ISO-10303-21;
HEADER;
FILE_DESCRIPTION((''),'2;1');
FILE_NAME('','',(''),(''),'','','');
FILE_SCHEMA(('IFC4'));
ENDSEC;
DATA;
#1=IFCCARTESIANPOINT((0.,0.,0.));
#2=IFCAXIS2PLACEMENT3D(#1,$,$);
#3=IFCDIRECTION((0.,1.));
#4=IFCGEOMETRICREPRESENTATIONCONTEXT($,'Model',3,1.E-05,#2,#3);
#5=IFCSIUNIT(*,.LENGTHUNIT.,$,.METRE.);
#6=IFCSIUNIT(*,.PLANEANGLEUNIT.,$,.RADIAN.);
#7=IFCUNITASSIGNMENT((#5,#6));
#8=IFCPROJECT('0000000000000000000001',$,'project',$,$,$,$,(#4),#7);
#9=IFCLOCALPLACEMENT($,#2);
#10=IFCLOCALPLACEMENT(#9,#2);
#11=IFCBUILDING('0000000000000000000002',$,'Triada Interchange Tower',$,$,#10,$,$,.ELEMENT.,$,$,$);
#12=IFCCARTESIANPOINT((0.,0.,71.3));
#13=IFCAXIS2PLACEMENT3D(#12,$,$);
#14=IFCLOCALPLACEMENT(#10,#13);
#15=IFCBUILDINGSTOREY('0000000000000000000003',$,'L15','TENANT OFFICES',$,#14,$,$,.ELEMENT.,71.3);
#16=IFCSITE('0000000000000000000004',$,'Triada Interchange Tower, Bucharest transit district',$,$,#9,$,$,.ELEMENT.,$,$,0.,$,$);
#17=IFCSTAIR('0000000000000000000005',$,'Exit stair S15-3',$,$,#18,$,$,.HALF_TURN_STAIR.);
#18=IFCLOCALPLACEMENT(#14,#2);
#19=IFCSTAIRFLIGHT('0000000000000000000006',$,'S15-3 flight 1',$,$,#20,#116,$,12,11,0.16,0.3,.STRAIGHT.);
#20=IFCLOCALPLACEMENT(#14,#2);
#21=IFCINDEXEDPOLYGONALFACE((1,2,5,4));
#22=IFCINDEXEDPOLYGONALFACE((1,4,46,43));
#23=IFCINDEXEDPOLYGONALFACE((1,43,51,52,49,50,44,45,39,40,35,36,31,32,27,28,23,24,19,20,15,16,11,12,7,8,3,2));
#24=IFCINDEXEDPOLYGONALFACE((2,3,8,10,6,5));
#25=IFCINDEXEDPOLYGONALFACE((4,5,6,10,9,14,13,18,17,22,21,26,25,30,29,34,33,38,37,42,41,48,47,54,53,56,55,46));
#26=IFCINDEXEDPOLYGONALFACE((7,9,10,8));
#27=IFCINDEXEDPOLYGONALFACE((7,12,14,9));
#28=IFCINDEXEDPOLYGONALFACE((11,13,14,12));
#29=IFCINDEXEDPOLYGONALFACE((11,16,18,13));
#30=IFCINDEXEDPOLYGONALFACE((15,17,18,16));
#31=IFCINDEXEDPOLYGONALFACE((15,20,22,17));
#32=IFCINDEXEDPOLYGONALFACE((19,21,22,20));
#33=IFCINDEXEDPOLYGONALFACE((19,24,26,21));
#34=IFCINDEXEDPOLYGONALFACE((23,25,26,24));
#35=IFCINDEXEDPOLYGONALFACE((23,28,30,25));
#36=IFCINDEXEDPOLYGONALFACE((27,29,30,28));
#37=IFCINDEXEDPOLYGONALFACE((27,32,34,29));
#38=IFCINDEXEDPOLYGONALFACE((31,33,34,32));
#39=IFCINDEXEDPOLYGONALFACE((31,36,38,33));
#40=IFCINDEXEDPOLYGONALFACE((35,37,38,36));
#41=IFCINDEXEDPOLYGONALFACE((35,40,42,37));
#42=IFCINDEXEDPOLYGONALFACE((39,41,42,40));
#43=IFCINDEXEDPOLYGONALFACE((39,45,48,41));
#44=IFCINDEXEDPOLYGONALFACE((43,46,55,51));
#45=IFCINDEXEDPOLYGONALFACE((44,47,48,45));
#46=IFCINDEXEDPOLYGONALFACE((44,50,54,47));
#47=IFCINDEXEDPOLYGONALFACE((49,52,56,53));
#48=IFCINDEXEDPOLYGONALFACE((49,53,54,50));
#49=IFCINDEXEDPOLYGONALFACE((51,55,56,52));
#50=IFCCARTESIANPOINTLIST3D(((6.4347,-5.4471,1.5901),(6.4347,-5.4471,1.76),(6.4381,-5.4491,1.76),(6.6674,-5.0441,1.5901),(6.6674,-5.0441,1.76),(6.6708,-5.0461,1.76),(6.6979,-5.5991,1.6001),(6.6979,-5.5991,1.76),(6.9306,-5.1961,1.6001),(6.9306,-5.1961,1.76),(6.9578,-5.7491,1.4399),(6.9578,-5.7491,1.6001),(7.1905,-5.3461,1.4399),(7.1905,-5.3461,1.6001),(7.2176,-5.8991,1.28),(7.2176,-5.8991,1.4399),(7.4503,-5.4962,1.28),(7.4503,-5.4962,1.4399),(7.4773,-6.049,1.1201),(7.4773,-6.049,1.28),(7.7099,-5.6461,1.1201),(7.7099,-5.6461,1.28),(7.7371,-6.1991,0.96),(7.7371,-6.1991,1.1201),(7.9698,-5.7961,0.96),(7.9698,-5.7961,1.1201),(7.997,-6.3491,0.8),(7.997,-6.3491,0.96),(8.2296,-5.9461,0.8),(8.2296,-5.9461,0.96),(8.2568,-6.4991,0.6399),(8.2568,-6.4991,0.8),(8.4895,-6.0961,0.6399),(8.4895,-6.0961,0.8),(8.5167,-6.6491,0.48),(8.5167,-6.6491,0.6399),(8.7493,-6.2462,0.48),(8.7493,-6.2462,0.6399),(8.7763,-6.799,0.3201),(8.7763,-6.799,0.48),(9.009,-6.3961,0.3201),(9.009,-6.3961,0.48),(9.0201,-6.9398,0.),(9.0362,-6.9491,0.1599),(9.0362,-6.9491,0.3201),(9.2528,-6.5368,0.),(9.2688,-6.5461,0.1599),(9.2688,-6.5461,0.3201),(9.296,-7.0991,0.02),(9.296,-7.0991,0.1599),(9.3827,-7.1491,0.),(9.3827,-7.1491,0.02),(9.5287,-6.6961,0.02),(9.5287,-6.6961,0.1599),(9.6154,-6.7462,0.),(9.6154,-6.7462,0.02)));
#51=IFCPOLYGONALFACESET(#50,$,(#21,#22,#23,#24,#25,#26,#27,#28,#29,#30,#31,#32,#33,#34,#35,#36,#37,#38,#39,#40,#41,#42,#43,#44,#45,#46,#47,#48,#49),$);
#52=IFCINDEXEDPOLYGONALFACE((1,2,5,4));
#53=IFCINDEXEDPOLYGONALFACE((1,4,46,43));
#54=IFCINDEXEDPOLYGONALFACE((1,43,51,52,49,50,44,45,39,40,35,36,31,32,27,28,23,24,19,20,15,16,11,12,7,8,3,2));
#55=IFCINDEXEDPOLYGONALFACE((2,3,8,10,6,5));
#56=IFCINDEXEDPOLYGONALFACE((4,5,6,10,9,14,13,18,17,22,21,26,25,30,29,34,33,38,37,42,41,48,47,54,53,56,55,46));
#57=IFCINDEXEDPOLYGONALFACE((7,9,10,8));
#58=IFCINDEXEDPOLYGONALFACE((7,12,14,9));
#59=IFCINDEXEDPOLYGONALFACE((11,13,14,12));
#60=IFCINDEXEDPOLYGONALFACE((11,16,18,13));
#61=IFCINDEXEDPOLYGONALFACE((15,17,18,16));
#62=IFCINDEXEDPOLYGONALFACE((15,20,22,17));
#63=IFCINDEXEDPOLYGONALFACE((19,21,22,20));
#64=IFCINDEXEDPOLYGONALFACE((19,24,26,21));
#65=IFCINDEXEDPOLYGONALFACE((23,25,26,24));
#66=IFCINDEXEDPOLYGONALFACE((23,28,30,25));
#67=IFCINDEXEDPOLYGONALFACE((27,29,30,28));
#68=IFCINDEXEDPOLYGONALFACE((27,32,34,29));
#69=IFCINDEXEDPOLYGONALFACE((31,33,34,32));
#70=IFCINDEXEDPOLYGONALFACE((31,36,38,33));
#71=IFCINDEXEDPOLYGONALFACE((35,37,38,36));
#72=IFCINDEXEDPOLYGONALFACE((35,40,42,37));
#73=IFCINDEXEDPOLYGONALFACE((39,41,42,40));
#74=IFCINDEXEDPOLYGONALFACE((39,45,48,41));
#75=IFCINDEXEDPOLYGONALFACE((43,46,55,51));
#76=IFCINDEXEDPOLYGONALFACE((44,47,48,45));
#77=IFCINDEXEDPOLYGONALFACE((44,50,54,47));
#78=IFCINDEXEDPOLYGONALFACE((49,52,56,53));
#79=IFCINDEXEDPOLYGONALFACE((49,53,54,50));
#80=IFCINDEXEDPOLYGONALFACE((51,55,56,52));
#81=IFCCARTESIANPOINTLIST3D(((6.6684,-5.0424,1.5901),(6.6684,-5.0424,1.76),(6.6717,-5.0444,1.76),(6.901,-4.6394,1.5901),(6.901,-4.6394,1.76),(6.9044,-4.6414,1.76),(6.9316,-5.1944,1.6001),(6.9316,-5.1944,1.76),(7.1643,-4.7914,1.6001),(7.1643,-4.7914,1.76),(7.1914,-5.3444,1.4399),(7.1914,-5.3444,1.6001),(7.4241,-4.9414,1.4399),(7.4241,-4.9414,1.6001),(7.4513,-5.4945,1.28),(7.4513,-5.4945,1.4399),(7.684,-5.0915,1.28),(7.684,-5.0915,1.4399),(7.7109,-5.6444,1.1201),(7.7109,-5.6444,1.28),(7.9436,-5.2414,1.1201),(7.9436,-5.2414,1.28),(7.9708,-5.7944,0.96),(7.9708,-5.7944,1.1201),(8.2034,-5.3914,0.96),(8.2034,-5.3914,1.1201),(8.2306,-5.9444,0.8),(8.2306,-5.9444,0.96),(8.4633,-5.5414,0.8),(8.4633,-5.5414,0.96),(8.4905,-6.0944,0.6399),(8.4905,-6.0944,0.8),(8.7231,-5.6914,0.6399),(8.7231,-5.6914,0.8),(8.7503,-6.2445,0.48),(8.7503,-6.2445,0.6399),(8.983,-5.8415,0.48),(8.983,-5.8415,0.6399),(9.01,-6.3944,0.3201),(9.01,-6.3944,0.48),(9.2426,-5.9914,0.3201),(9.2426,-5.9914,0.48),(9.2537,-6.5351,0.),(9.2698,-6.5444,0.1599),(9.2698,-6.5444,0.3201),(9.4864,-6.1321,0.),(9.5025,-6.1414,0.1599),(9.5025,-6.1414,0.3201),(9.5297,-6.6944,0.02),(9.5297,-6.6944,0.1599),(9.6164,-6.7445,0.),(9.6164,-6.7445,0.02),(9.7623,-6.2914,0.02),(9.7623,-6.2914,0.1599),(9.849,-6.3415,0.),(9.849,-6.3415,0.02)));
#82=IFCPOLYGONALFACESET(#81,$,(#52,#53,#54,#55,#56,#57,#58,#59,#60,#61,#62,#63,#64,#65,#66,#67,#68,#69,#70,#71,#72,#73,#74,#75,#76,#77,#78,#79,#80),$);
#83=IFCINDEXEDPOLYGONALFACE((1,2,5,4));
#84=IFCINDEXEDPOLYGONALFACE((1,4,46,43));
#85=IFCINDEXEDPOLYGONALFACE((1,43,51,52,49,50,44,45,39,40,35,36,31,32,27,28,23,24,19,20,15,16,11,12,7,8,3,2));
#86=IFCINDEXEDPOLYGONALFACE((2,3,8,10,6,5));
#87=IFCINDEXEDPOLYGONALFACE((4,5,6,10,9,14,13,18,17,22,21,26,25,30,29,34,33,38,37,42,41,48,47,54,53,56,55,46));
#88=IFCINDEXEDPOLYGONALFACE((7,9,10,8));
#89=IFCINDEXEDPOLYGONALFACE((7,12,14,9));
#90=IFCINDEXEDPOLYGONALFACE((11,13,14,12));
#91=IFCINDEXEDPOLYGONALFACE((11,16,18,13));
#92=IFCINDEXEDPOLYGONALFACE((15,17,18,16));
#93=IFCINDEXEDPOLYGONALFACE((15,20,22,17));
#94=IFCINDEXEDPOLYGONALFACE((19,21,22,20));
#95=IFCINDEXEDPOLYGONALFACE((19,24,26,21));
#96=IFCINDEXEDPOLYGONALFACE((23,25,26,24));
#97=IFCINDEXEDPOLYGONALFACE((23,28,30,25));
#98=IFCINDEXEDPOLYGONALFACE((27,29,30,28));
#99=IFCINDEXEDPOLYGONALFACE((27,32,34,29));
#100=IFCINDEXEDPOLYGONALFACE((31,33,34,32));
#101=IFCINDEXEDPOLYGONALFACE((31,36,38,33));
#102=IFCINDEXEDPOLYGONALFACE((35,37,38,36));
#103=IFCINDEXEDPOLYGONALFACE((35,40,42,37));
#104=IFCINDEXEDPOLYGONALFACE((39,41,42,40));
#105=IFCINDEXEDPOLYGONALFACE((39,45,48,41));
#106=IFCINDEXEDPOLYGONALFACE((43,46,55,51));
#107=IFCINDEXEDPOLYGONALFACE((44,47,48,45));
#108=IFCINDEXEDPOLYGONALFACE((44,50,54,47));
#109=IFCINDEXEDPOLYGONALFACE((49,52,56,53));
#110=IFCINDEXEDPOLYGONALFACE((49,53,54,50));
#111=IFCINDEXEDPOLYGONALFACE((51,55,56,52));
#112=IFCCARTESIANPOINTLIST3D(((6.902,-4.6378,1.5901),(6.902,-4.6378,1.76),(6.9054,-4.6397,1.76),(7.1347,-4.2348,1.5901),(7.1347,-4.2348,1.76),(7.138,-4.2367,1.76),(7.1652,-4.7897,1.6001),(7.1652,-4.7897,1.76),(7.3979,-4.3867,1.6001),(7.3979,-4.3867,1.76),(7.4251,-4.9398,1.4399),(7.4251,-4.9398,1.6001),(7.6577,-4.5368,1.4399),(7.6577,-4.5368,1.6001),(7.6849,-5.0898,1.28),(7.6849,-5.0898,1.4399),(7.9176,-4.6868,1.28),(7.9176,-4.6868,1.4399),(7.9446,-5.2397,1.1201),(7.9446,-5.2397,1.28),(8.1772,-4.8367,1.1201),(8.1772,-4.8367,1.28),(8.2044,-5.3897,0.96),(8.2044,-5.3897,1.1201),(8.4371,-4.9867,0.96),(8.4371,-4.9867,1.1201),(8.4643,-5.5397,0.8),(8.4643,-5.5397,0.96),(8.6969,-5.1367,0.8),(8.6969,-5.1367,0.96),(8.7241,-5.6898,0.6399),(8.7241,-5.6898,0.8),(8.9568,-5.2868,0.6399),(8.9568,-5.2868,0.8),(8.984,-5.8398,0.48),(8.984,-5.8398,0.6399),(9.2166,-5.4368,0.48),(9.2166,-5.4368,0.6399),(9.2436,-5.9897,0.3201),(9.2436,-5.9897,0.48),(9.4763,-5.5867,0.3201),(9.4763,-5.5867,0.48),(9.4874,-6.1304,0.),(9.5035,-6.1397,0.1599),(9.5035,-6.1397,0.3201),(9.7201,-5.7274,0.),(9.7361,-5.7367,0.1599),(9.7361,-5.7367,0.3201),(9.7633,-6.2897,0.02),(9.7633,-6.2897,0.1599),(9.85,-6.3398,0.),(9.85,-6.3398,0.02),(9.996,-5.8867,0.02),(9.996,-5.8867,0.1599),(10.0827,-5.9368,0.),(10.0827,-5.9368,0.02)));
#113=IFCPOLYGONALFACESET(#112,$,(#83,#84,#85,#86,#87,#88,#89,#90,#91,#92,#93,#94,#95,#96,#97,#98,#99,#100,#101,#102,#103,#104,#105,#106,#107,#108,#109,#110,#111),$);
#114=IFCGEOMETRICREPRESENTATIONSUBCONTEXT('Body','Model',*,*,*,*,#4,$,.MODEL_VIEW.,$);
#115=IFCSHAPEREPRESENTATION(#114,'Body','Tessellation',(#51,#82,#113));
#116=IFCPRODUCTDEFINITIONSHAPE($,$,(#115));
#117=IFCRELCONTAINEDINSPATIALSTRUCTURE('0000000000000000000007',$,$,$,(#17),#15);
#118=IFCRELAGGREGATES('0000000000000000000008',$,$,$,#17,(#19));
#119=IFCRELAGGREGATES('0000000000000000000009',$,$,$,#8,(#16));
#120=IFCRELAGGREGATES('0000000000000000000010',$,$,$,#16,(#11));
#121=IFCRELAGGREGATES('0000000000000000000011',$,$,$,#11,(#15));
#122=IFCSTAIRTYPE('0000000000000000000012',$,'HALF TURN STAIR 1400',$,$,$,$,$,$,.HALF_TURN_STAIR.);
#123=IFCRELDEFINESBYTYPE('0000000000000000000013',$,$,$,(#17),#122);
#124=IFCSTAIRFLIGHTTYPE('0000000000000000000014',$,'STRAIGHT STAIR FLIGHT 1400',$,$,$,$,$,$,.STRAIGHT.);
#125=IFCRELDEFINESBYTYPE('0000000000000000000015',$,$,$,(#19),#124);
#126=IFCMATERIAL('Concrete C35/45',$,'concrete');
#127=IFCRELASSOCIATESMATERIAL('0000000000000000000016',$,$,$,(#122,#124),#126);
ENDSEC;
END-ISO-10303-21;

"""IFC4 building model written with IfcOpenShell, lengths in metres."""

from ifc_helpers import new_model, si_unit, direction, frame, origin, place, context, subcontext, project, spatial, polyline, outline, extrude, material, type_object, element, aggregate, save


model = new_model("IFC4")

# Units and contexts
model_context = context("Model", 3, precision=1e-05, world=origin(), true_north=direction((0.0, 1.0)))
body_context = subcontext(model_context, "Body", "Model", "MODEL_VIEW")
ifc_project = project(units=[si_unit("LENGTHUNIT", "METRE"), si_unit("PLANEANGLEUNIT", "RADIAN")], contexts=[model_context])

# Site, building, storey
site_placement = place(None, origin())
site = spatial("IfcSite", under=ifc_project, at=site_placement, Name="Triada Interchange Tower, Bucharest transit district", CompositionType="ELEMENT", RefElevation=0.0)
building_placement = place(site_placement, origin())
building = spatial("IfcBuilding", under=site, at=building_placement, Name="Triada Interchange Tower", CompositionType="ELEMENT")
storey_placement = place(building_placement, frame((0.0, 0.0, 71.3)))
storey = spatial("IfcBuildingStorey", under=building, at=storey_placement, Name="L15", Description="TENANT OFFICES", CompositionType="ELEMENT", Elevation=71.3)

# Stair, stair flight
ifc_material_1 = material(Name="Concrete C35/45", Category="concrete")
stair_type = type_object("IfcStairType", Name="HALF TURN STAIR 1400", PredefinedType="HALF_TURN_STAIR", material=ifc_material_1)
stair_placement = place(storey_placement, origin())
stair = element("IfcStair", 1, at=stair_placement, inside=storey, type_object=stair_type, Name="Exit stair S15-3", PredefinedType="HALF_TURN_STAIR")
stair_flight_type = type_object("IfcStairFlightType", Name="STRAIGHT STAIR FLIGHT 1400", PredefinedType="STRAIGHT", material=ifc_material_1)
stair_flight_1_placement = place(storey_placement, frame((9.646, -6.4929, 0.0), z_axis=(0.0, 0.0, 1.0), x_axis=(-0.866025, 0.5, 0.0)))
stair_flight_1 = element("IfcStairFlight", 2, at=stair_flight_1_placement, type_object=stair_flight_type, Name="S15-3 flight 1", NumberOfRisers=12, NumberOfTreads=11, PredefinedType="STRAIGHT", RiserHeight=0.16, TreadLength=0.3, context=body_context, shape_type="SweptSolid", body=[
    extrude(outline(polyline([(-0.1001, 0.0), (-0.1001, 0.02), (0.0, 0.02), (0.0, 0.1599), (0.3, 0.1599), (0.3, 0.3201), (0.6001, 0.3201), (0.6001, 0.48), (0.8999, 0.48), (0.8999, 0.6399), (1.2, 0.6399), (1.2, 0.8), (1.5, 0.8), (1.5, 0.96), (1.8, 0.96), (1.8, 1.1201), (2.1001, 1.1201), (2.1001, 1.28), (2.3999, 1.28), (2.3999, 1.4399), (2.7, 1.4399), (2.7, 1.6001), (3.0, 1.6001), (3.0, 1.76), (3.3, 1.76), (3.304, 1.76), (3.304, 1.9199), (3.304, 1.5901), (0.3186, 0.0), (-0.1001, 0.0)])), frame((0.0, 0.7, 0.0), z_axis=(0.0, -1.0, 0.0), x_axis=(1.0, 0.0, 0.0)), (0.0, 0.0, 1.0), 0.4653),
    extrude(outline(polyline([(-0.1001, 0.0), (-0.1001, 0.02), (0.0, 0.02), (0.0, 0.1599), (0.3, 0.1599), (0.3, 0.3201), (0.6001, 0.3201), (0.6001, 0.48), (0.8999, 0.48), (0.8999, 0.6399), (1.2, 0.6399), (1.2, 0.8), (1.5, 0.8), (1.5, 0.96), (1.8, 0.96), (1.8, 1.1201), (2.1001, 1.1201), (2.1001, 1.28), (2.3999, 1.28), (2.3999, 1.4399), (2.7, 1.4399), (2.7, 1.6001), (3.0, 1.6001), (3.0, 1.76), (3.3, 1.76), (3.304, 1.76), (3.304, 1.9199), (3.304, 1.5901), (0.3186, 0.0), (-0.1001, 0.0)])), frame((0.0, 0.2327, 0.0), z_axis=(0.0, -1.0, 0.0), x_axis=(1.0, 0.0, 0.0)), (0.0, 0.0, 1.0), 0.4653),
    extrude(outline(polyline([(-0.1001, 0.0), (-0.1001, 0.02), (0.0, 0.02), (0.0, 0.1599), (0.3, 0.1599), (0.3, 0.3201), (0.6001, 0.3201), (0.6001, 0.48), (0.8999, 0.48), (0.8999, 0.6399), (1.2, 0.6399), (1.2, 0.8), (1.5, 0.8), (1.5, 0.96), (1.8, 0.96), (1.8, 1.1201), (2.1001, 1.1201), (2.1001, 1.28), (2.3999, 1.28), (2.3999, 1.4399), (2.7, 1.4399), (2.7, 1.6001), (3.0, 1.6001), (3.0, 1.76), (3.3, 1.76), (3.304, 1.76), (3.304, 1.9199), (3.304, 1.5901), (0.3186, 0.0), (-0.1001, 0.0)])), frame((0.0, -0.2346, 0.0), z_axis=(0.0, -1.0, 0.0), x_axis=(1.0, 0.0, 0.0)), (0.0, 0.0, 1.0), 0.4653),
])
aggregate(stair, [stair_flight_1])

save(model, "model.ifc")
